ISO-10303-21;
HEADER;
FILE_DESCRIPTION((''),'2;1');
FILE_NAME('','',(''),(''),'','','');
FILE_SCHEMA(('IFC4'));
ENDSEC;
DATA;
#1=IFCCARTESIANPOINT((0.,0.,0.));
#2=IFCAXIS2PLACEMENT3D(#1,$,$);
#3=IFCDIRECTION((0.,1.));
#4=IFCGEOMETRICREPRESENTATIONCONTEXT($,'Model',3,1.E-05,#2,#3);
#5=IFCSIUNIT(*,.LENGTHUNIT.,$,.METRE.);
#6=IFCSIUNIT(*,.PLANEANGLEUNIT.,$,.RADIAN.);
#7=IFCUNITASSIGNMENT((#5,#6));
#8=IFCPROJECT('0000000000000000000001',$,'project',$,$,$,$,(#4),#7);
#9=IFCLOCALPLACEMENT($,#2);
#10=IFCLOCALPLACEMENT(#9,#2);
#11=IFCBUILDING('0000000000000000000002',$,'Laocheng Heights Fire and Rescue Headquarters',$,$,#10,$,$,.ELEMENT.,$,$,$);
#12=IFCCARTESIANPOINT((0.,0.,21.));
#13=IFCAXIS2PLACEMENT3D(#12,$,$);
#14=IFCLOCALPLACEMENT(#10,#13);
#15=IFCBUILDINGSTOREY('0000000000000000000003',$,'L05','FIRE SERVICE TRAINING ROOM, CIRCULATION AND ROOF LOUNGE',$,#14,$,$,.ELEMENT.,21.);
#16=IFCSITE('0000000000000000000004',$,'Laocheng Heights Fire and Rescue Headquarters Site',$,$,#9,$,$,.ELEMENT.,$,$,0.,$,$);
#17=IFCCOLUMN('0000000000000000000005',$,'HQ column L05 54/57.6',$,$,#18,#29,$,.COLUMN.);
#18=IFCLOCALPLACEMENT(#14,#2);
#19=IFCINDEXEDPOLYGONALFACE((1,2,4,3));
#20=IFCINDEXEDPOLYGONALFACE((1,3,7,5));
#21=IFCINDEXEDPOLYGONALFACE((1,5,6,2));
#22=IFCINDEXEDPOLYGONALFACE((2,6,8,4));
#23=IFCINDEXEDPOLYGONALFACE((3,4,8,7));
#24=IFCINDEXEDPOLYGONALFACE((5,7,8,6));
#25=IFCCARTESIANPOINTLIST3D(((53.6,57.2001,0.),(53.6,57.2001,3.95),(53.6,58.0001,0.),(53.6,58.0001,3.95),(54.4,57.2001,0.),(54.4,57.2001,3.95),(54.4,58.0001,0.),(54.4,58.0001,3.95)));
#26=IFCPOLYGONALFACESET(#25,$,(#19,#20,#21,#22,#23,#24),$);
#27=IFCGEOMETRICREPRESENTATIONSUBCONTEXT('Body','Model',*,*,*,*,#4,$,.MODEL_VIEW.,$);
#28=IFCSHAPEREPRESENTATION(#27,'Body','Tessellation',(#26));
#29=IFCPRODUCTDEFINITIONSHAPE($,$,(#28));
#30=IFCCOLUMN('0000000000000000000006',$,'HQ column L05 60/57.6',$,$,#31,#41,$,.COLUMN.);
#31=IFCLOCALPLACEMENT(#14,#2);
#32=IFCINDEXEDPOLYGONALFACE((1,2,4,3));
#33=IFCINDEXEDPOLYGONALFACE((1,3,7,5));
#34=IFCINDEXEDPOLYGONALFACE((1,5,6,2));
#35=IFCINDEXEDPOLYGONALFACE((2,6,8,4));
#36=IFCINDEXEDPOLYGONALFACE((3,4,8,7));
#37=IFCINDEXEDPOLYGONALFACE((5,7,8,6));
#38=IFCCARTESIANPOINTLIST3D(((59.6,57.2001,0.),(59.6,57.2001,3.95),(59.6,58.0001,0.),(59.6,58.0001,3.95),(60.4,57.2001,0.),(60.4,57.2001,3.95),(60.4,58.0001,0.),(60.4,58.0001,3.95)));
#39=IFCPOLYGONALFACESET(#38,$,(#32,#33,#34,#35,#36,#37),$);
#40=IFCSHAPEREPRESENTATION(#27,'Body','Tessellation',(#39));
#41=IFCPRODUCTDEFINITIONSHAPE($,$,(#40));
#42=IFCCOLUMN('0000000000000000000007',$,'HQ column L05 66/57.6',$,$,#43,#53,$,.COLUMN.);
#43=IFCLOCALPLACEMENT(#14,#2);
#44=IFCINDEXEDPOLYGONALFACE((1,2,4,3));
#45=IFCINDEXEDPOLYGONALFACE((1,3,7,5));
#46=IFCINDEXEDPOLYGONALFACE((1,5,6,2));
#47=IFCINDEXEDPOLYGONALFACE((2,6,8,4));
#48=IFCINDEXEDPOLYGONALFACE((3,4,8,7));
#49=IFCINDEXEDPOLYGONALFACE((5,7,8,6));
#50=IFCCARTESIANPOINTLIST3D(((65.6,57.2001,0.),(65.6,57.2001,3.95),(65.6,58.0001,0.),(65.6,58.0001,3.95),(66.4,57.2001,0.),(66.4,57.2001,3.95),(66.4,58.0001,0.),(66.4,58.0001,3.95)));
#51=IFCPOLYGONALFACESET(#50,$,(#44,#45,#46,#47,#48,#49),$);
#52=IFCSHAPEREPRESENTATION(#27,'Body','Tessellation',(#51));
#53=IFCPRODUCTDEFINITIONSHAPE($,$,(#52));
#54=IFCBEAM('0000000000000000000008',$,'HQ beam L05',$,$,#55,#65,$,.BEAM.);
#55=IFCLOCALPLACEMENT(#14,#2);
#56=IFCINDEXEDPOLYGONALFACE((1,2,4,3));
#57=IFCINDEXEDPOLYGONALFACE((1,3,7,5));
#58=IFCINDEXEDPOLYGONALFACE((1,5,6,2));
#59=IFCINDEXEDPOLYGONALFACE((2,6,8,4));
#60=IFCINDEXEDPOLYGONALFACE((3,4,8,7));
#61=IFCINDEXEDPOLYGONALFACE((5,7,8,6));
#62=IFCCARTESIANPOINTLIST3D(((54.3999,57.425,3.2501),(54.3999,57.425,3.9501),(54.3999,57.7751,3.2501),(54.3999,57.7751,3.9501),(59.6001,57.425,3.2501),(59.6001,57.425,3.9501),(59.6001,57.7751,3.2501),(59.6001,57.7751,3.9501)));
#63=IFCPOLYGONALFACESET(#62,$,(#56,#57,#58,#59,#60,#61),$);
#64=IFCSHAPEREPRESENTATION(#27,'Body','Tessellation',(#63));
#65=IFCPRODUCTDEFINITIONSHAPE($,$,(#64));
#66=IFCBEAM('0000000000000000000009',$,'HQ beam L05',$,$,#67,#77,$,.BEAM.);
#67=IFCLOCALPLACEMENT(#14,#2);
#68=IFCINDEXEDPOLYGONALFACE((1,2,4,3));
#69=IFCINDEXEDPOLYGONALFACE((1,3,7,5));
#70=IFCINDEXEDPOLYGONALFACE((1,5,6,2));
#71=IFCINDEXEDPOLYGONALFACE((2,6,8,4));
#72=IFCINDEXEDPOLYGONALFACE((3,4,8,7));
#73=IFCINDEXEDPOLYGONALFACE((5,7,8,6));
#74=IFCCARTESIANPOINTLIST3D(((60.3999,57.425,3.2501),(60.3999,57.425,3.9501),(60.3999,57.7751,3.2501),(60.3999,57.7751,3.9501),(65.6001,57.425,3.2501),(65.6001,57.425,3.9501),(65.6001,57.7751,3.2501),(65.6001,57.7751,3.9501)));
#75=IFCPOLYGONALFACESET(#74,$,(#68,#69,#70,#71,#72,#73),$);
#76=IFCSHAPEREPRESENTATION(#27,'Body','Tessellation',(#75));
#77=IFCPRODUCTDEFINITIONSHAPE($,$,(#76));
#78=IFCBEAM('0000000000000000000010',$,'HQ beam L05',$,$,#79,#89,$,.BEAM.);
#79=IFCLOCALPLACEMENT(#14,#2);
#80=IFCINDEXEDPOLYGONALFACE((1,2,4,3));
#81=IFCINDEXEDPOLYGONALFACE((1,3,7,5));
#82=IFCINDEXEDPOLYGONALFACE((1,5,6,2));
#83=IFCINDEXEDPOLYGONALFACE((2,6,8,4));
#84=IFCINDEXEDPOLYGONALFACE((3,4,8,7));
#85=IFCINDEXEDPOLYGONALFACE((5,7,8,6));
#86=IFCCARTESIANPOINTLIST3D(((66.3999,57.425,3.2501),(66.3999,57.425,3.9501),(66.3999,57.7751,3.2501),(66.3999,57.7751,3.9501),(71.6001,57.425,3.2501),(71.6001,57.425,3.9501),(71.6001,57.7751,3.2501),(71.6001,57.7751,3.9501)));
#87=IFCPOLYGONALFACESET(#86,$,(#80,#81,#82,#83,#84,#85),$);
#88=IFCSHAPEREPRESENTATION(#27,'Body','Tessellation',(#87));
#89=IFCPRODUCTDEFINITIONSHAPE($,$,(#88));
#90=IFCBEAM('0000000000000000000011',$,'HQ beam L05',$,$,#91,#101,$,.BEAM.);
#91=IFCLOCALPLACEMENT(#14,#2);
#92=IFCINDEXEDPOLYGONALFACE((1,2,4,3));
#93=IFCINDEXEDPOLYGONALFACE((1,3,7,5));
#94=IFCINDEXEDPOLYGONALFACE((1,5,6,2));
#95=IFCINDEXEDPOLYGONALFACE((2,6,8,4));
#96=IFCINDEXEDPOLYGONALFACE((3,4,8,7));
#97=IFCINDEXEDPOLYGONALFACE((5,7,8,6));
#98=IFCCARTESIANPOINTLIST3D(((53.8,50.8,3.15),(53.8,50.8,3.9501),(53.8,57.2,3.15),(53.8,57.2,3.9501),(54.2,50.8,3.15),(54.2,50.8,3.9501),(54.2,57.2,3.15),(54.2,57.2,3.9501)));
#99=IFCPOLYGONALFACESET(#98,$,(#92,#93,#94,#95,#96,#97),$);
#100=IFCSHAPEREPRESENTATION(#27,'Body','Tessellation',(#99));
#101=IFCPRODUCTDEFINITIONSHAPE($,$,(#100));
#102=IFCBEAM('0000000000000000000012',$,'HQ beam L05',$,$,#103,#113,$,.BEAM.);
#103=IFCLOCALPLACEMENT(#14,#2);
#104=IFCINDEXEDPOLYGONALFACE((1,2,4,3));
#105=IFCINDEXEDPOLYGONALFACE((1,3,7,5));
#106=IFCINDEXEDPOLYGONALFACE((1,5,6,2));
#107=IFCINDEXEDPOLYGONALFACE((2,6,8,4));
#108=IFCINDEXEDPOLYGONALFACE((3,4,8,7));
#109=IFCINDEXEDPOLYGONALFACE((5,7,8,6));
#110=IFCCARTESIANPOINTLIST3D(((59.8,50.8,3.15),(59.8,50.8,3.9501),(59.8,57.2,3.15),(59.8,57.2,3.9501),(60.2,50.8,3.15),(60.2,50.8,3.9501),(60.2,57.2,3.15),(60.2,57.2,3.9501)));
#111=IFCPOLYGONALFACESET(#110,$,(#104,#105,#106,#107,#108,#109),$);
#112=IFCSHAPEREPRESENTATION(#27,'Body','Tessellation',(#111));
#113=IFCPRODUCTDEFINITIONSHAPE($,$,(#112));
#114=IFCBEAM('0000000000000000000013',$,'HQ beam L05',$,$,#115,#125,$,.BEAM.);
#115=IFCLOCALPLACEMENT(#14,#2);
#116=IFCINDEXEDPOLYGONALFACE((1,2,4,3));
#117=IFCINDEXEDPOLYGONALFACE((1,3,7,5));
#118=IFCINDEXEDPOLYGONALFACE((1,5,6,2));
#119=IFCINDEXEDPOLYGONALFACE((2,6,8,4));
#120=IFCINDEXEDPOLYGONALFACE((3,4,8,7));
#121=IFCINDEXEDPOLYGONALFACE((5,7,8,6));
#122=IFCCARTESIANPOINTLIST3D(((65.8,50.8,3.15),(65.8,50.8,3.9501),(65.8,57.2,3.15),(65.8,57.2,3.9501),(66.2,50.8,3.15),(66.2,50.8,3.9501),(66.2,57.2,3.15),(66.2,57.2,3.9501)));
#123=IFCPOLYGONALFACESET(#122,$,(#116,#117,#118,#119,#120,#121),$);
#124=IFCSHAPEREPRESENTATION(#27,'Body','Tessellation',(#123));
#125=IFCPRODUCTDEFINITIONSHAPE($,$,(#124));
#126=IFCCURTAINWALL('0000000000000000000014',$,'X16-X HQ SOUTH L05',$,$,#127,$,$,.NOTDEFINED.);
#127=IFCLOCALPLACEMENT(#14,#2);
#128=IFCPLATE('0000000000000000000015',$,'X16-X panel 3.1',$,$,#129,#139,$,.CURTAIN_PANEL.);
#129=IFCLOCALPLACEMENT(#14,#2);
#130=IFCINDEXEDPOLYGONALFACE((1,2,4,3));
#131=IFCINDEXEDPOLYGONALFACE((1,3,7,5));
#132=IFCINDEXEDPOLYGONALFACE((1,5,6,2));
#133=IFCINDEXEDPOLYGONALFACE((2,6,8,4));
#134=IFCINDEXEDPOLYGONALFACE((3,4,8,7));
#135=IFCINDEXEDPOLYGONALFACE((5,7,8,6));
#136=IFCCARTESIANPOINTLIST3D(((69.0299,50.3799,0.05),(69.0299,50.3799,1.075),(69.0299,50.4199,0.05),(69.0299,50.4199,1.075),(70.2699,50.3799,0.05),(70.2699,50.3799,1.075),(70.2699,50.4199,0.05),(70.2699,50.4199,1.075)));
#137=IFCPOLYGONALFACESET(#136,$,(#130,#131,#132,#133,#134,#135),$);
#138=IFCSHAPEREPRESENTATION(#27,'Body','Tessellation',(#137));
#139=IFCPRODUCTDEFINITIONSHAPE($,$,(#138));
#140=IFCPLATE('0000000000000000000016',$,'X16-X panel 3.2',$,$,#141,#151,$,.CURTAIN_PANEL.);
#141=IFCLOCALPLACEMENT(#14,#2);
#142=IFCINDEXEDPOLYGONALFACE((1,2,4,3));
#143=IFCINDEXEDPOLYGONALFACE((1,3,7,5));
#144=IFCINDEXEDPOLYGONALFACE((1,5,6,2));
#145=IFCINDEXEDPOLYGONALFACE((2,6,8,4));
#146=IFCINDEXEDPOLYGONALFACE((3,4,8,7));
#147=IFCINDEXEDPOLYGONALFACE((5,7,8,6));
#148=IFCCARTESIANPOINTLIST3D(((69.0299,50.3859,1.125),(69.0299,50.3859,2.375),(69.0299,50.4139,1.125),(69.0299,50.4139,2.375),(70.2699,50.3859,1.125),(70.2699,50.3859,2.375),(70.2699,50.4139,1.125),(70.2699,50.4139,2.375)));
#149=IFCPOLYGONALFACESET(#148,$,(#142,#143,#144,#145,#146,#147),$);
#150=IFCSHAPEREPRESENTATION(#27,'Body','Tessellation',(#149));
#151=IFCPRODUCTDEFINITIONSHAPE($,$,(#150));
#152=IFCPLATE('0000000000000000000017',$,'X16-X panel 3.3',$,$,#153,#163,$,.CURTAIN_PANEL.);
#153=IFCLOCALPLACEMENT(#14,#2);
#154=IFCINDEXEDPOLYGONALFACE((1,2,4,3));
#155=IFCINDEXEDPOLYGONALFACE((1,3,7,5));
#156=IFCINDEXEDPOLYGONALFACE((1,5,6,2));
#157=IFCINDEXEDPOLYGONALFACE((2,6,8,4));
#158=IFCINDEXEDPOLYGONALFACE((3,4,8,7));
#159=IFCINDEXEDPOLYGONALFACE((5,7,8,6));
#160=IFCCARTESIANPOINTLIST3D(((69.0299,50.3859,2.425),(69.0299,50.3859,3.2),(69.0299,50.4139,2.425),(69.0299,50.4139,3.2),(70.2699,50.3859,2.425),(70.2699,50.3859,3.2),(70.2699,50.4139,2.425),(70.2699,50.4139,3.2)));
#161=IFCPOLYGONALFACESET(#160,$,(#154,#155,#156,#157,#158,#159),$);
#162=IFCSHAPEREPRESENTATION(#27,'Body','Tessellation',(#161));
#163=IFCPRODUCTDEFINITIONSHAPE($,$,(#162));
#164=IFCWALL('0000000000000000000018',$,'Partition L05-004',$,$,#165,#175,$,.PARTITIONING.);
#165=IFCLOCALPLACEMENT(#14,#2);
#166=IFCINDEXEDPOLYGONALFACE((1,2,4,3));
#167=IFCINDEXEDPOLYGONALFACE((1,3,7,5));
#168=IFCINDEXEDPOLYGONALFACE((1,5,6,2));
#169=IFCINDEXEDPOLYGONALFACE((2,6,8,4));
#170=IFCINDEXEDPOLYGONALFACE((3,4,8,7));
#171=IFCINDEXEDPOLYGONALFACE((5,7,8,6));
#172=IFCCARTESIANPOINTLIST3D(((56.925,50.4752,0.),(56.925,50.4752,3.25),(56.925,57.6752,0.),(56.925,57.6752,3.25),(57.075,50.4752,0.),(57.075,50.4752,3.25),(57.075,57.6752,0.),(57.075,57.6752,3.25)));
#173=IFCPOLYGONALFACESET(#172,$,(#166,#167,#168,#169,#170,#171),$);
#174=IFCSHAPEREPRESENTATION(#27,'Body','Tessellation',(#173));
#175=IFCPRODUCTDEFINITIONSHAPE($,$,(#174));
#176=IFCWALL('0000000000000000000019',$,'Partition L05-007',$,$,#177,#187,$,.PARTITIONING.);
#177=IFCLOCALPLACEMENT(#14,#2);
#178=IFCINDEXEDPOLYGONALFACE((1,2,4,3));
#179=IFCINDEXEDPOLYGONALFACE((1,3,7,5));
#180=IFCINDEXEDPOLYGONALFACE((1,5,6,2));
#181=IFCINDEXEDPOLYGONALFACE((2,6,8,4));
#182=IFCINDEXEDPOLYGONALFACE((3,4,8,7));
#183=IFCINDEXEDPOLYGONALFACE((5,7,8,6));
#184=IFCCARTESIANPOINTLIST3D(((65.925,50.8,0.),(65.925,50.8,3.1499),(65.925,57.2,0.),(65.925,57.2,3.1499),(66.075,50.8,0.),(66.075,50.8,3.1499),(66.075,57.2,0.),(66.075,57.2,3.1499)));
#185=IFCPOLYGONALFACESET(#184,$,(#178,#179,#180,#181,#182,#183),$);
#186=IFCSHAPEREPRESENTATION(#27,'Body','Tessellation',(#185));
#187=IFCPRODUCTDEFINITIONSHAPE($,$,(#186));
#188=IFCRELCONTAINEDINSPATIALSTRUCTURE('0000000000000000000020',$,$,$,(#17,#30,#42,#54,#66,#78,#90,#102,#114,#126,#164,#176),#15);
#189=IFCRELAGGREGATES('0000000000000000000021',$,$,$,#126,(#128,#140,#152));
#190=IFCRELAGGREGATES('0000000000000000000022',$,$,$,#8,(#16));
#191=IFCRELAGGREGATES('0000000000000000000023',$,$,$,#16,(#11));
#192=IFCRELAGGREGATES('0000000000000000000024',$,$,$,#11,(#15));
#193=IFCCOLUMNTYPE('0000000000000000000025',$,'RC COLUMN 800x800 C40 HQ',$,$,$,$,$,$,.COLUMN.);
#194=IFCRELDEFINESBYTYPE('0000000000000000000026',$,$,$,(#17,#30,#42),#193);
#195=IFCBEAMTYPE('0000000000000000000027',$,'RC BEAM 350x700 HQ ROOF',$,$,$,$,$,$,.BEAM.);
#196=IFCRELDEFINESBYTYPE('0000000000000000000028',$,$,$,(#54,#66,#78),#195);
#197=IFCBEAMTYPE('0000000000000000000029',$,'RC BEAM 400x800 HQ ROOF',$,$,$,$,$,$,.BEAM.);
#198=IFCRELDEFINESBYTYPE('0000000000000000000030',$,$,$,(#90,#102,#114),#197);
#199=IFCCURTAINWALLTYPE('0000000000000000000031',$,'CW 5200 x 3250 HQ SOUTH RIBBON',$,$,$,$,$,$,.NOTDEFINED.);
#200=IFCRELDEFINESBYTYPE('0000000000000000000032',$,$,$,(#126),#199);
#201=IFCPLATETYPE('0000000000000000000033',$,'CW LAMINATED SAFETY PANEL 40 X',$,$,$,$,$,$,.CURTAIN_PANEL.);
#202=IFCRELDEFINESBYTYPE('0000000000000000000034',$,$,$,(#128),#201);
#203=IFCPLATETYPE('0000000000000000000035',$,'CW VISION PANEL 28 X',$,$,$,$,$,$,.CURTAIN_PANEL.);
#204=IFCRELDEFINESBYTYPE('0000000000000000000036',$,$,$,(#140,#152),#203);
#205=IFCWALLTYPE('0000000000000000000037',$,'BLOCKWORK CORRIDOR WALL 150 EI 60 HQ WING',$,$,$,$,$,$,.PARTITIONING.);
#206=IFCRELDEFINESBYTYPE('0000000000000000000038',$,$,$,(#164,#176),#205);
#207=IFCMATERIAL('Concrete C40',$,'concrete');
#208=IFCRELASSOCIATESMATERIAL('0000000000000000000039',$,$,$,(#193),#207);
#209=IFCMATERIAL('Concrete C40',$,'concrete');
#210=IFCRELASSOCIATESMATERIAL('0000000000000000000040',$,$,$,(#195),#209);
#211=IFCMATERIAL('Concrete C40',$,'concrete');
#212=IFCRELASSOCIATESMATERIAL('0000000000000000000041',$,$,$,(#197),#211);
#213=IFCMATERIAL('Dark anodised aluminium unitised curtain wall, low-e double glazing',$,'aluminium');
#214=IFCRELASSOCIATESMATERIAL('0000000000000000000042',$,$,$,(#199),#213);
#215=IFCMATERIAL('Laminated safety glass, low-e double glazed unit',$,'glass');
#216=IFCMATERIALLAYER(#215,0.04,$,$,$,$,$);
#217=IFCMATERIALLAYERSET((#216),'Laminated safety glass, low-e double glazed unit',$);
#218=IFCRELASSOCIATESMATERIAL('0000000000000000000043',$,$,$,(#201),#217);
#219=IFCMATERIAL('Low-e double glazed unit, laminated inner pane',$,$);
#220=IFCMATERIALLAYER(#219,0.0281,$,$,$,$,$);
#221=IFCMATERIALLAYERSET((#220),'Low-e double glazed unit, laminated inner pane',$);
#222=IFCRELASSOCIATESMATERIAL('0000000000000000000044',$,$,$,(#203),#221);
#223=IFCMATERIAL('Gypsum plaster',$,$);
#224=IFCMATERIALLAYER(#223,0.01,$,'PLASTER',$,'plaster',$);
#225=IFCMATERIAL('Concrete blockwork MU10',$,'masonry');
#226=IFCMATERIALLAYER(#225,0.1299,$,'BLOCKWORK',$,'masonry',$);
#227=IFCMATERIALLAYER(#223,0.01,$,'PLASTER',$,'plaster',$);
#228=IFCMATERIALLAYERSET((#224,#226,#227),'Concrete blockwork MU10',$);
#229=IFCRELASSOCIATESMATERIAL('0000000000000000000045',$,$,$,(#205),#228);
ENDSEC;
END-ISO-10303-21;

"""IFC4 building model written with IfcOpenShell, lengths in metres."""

from ifc_helpers import new_model, si_unit, direction, frame, frame_2d, origin, origin_2d, place, context, subcontext, project, spatial, rectangle, extrude, material, layer, layer_set, material_profile, profile_set, type_object, element, aggregate, save


model = new_model("IFC4")

# Units and contexts
model_context = context("Model", 3, precision=1e-05, world=origin(), true_north=direction((0.0, 1.0)))
body_context = subcontext(model_context, "Body", "Model", "MODEL_VIEW")
ifc_project = project(units=[si_unit("LENGTHUNIT", "METRE"), si_unit("PLANEANGLEUNIT", "RADIAN")], contexts=[model_context])

# Site, building, storey
site_placement = place(None, origin())
site = spatial("IfcSite", under=ifc_project, at=site_placement, Name="Laocheng Heights Fire and Rescue Headquarters Site", CompositionType="ELEMENT", RefElevation=0.0)
building_placement = place(site_placement, origin())
building = spatial("IfcBuilding", under=site, at=building_placement, Name="Laocheng Heights Fire and Rescue Headquarters", CompositionType="ELEMENT")
storey_placement = place(building_placement, frame((0.0, 0.0, 21.0)))
storey = spatial("IfcBuildingStorey", under=building, at=storey_placement, Name="L05", Description="FIRE SERVICE TRAINING ROOM, CIRCULATION AND ROOF LOUNGE", CompositionType="ELEMENT", Elevation=21.0)

# Columns
ifc_material_1 = material(Name="Concrete C40", Category="concrete")
ifc_material_profile_1 = material_profile(ifc_material_1, rectangle(XDim=0.8, YDim=0.8, at=origin_2d()), Name="RC COLUMN 800x800 C40 HQ")
ifc_profile_set_1 = profile_set([ifc_material_profile_1], Name="Concrete C40")
column_type = type_object("IfcColumnType", Name="RC COLUMN 800x800 C40 HQ", PredefinedType="COLUMN", material=ifc_profile_set_1)
for number, where, z_axis, x_axis, name in (
    (1, (54.0, 57.6001, 0.0), (0.0, 0.0, 1.0), (1.0, 0.0, 0.0), "HQ column L05 54/57.6"),
    (2, (60.0, 57.6001, 0.0), (0.0, 0.0, 1.0), (1.0, 0.0, 0.0), "HQ column L05 60/57.6"),
    (3, (66.0, 57.6001, 0.0), (0.0, 0.0, 1.0), (1.0, 0.0, 0.0), "HQ column L05 66/57.6"),
):
    element("IfcColumn", number, at=place(storey_placement, frame(where, z_axis=z_axis, x_axis=x_axis)), inside=storey, type_object=column_type, Name=name, PredefinedType="COLUMN", context=body_context, shape_type="SweptSolid", body=[
        extrude(rectangle(XDim=0.8, YDim=0.8, at=origin_2d()), origin(), (0.0, 0.0, 1.0), 3.95),
    ])

# Beams
ifc_material_2 = material(Name="Concrete C40", Category="concrete")
ifc_material_profile_2 = material_profile(ifc_material_2, rectangle(XDim=0.3501, YDim=0.7, at=origin_2d()), Name="RC BEAM 350x700 HQ ROOF")
ifc_profile_set_2 = profile_set([ifc_material_profile_2], Name="Concrete C40")
beam_type_1 = type_object("IfcBeamType", Name="RC BEAM 350x700 HQ ROOF", PredefinedType="BEAM", material=ifc_profile_set_2)
for number, where, z_axis, x_axis, name in (
    (4, (54.3999, 57.6001, 3.6001), (1.0, 0.0, 0.0), (0.0, 1.0, 0.0), "HQ beam L05"),
    (5, (60.3999, 57.6001, 3.6001), (1.0, 0.0, 0.0), (0.0, 1.0, 0.0), "HQ beam L05"),
    (6, (66.3999, 57.6001, 3.6001), (1.0, 0.0, 0.0), (0.0, 1.0, 0.0), "HQ beam L05"),
):
    element("IfcBeam", number, at=place(storey_placement, frame(where, z_axis=z_axis, x_axis=x_axis)), inside=storey, type_object=beam_type_1, Name=name, PredefinedType="BEAM", context=body_context, shape_type="SweptSolid", body=[
        extrude(rectangle(XDim=0.3501, YDim=0.7, at=origin_2d()), origin(), (0.0, 0.0, 1.0), 5.2002),
    ])
ifc_material_3 = material(Name="Concrete C40", Category="concrete")
ifc_material_profile_3 = material_profile(ifc_material_3, rectangle(XDim=0.3999, YDim=0.8, at=origin_2d()), Name="RC BEAM 400x800 HQ ROOF")
ifc_profile_set_3 = profile_set([ifc_material_profile_3], Name="Concrete C40")
beam_type_2 = type_object("IfcBeamType", Name="RC BEAM 400x800 HQ ROOF", PredefinedType="BEAM", material=ifc_profile_set_3)
for number, where, z_axis, x_axis, name in (
    (7, (54.0, 50.8, 3.55), (0.0, 1.0, 0.0), (-1.0, 0.0, 0.0), "HQ beam L05"),
    (8, (60.0, 50.8, 3.55), (0.0, 1.0, 0.0), (-1.0, 0.0, 0.0), "HQ beam L05"),
    (9, (66.0, 50.8, 3.55), (0.0, 1.0, 0.0), (-1.0, 0.0, 0.0), "HQ beam L05"),
):
    element("IfcBeam", number, at=place(storey_placement, frame(where, z_axis=z_axis, x_axis=x_axis)), inside=storey, type_object=beam_type_2, Name=name, PredefinedType="BEAM", context=body_context, shape_type="SweptSolid", body=[
        extrude(rectangle(XDim=0.3999, YDim=0.8, at=origin_2d()), origin(), (0.0, 0.0, 1.0), 6.3999),
    ])

# Curtain wall, plates
ifc_material_4 = material(Name="Dark anodised aluminium unitised curtain wall, low-e double glazing", Category="aluminium")
curtain_wall_type = type_object("IfcCurtainWallType", Name="CW 5200 x 3250 HQ SOUTH RIBBON", PredefinedType="NOTDEFINED", material=ifc_material_4)
curtain_wall_placement = place(storey_placement, origin())
curtain_wall = element("IfcCurtainWall", 10, at=curtain_wall_placement, inside=storey, type_object=curtain_wall_type, Name="X16-X HQ SOUTH L05", PredefinedType="NOTDEFINED")
ifc_material_5 = material(Name="Laminated safety glass, low-e double glazed unit", Category="glass")
ifc_layer_1 = layer(ifc_material_5, 0.04)
ifc_layer_set_1 = layer_set([ifc_layer_1], Name="Laminated safety glass, low-e double glazed unit")
plate_type_1 = type_object("IfcPlateType", Name="CW LAMINATED SAFETY PANEL 40 X", PredefinedType="CURTAIN_PANEL", material=ifc_layer_set_1)
plate_1_placement = place(storey_placement, frame((69.6499, 50.3999, 0.05), z_axis=(0.0, 0.0, 1.0), x_axis=(1.0, 0.0, 0.0)))
plate_1 = element("IfcPlate", 11, at=plate_1_placement, type_object=plate_type_1, Name="X16-X panel 3.1", PredefinedType="CURTAIN_PANEL", context=body_context, shape_type="SweptSolid", body=[
    extrude(rectangle(XDim=1.24, YDim=0.04, at=origin_2d()), origin(), (0.0, 0.0, 1.0), 1.0249),
])
ifc_material_6 = material(Name="Low-e double glazed unit, laminated inner pane")
ifc_layer_2 = layer(ifc_material_6, 0.0281)
ifc_layer_set_2 = layer_set([ifc_layer_2], Name="Low-e double glazed unit, laminated inner pane")
plate_type_2 = type_object("IfcPlateType", Name="CW VISION PANEL 28 X", PredefinedType="CURTAIN_PANEL", material=ifc_layer_set_2)
plate_2_placement = place(storey_placement, frame((69.6499, 50.3999, 1.125), z_axis=(0.0, 0.0, 1.0), x_axis=(1.0, 0.0, 0.0)))
plate_2 = element("IfcPlate", 12, at=plate_2_placement, type_object=plate_type_2, Name="X16-X panel 3.2", PredefinedType="CURTAIN_PANEL", context=body_context, shape_type="SweptSolid", body=[
    extrude(rectangle(XDim=1.24, YDim=0.0281, at=origin_2d()), origin(), (0.0, 0.0, 1.0), 1.25),
])
plate_3_placement = place(storey_placement, frame((69.6499, 50.3999, 2.425), z_axis=(0.0, 0.0, 1.0), x_axis=(1.0, 0.0, 0.0)))
plate_3 = element("IfcPlate", 13, at=plate_3_placement, type_object=plate_type_2, Name="X16-X panel 3.3", PredefinedType="CURTAIN_PANEL", context=body_context, shape_type="SweptSolid", body=[
    extrude(rectangle(XDim=1.24, YDim=0.0281, at=origin_2d()), origin(), (0.0, 0.0, 1.0), 0.7749),
])
aggregate(curtain_wall, [plate_1, plate_2, plate_3])

# Walls
ifc_material_7 = material(Name="Gypsum plaster")
ifc_layer_3 = layer(ifc_material_7, 0.01, Name="PLASTER", Category="plaster")
ifc_material_8 = material(Name="Concrete blockwork MU10", Category="masonry")
ifc_layer_4 = layer(ifc_material_8, 0.1299, Name="BLOCKWORK", Category="masonry")
ifc_layer_5 = layer(ifc_material_7, 0.01, Name="PLASTER", Category="plaster")
ifc_layer_set_3 = layer_set([ifc_layer_3, ifc_layer_4, ifc_layer_5], Name="Concrete blockwork MU10")
wall_type_1 = type_object("IfcWallType", Name="BLOCKWORK CORRIDOR WALL 150 EI 60 HQ WING", PredefinedType="PARTITIONING", material=ifc_layer_set_3)
wall_1_placement = place(storey_placement, frame((57.0, 50.4751, 0.0), z_axis=(0.0, 0.0, 1.0), x_axis=(0.0, 1.0, 0.0)))
element("IfcWall", 14, at=wall_1_placement, inside=storey, type_object=wall_type_1, Name="Partition L05-004", PredefinedType="PARTITIONING", context=body_context, shape_type="SweptSolid", body=[
    extrude(rectangle(XDim=7.2, YDim=0.1499, at=frame_2d((3.6001, 0.0))), origin(), (0.0, 0.0, 1.0), 3.25),
])
wall_2_placement = place(storey_placement, frame((66.0, 50.8, 0.0), z_axis=(0.0, 0.0, 1.0), x_axis=(0.0, 1.0, 0.0)))
element("IfcWall", 15, at=wall_2_placement, inside=storey, type_object=wall_type_1, Name="Partition L05-007", PredefinedType="PARTITIONING", context=body_context, shape_type="SweptSolid", body=[
    extrude(rectangle(XDim=6.3999, YDim=0.1499, at=frame_2d((3.2, 0.0))), origin(), (0.0, 0.0, 1.0), 3.1499),
])

save(model, "model.ifc")
